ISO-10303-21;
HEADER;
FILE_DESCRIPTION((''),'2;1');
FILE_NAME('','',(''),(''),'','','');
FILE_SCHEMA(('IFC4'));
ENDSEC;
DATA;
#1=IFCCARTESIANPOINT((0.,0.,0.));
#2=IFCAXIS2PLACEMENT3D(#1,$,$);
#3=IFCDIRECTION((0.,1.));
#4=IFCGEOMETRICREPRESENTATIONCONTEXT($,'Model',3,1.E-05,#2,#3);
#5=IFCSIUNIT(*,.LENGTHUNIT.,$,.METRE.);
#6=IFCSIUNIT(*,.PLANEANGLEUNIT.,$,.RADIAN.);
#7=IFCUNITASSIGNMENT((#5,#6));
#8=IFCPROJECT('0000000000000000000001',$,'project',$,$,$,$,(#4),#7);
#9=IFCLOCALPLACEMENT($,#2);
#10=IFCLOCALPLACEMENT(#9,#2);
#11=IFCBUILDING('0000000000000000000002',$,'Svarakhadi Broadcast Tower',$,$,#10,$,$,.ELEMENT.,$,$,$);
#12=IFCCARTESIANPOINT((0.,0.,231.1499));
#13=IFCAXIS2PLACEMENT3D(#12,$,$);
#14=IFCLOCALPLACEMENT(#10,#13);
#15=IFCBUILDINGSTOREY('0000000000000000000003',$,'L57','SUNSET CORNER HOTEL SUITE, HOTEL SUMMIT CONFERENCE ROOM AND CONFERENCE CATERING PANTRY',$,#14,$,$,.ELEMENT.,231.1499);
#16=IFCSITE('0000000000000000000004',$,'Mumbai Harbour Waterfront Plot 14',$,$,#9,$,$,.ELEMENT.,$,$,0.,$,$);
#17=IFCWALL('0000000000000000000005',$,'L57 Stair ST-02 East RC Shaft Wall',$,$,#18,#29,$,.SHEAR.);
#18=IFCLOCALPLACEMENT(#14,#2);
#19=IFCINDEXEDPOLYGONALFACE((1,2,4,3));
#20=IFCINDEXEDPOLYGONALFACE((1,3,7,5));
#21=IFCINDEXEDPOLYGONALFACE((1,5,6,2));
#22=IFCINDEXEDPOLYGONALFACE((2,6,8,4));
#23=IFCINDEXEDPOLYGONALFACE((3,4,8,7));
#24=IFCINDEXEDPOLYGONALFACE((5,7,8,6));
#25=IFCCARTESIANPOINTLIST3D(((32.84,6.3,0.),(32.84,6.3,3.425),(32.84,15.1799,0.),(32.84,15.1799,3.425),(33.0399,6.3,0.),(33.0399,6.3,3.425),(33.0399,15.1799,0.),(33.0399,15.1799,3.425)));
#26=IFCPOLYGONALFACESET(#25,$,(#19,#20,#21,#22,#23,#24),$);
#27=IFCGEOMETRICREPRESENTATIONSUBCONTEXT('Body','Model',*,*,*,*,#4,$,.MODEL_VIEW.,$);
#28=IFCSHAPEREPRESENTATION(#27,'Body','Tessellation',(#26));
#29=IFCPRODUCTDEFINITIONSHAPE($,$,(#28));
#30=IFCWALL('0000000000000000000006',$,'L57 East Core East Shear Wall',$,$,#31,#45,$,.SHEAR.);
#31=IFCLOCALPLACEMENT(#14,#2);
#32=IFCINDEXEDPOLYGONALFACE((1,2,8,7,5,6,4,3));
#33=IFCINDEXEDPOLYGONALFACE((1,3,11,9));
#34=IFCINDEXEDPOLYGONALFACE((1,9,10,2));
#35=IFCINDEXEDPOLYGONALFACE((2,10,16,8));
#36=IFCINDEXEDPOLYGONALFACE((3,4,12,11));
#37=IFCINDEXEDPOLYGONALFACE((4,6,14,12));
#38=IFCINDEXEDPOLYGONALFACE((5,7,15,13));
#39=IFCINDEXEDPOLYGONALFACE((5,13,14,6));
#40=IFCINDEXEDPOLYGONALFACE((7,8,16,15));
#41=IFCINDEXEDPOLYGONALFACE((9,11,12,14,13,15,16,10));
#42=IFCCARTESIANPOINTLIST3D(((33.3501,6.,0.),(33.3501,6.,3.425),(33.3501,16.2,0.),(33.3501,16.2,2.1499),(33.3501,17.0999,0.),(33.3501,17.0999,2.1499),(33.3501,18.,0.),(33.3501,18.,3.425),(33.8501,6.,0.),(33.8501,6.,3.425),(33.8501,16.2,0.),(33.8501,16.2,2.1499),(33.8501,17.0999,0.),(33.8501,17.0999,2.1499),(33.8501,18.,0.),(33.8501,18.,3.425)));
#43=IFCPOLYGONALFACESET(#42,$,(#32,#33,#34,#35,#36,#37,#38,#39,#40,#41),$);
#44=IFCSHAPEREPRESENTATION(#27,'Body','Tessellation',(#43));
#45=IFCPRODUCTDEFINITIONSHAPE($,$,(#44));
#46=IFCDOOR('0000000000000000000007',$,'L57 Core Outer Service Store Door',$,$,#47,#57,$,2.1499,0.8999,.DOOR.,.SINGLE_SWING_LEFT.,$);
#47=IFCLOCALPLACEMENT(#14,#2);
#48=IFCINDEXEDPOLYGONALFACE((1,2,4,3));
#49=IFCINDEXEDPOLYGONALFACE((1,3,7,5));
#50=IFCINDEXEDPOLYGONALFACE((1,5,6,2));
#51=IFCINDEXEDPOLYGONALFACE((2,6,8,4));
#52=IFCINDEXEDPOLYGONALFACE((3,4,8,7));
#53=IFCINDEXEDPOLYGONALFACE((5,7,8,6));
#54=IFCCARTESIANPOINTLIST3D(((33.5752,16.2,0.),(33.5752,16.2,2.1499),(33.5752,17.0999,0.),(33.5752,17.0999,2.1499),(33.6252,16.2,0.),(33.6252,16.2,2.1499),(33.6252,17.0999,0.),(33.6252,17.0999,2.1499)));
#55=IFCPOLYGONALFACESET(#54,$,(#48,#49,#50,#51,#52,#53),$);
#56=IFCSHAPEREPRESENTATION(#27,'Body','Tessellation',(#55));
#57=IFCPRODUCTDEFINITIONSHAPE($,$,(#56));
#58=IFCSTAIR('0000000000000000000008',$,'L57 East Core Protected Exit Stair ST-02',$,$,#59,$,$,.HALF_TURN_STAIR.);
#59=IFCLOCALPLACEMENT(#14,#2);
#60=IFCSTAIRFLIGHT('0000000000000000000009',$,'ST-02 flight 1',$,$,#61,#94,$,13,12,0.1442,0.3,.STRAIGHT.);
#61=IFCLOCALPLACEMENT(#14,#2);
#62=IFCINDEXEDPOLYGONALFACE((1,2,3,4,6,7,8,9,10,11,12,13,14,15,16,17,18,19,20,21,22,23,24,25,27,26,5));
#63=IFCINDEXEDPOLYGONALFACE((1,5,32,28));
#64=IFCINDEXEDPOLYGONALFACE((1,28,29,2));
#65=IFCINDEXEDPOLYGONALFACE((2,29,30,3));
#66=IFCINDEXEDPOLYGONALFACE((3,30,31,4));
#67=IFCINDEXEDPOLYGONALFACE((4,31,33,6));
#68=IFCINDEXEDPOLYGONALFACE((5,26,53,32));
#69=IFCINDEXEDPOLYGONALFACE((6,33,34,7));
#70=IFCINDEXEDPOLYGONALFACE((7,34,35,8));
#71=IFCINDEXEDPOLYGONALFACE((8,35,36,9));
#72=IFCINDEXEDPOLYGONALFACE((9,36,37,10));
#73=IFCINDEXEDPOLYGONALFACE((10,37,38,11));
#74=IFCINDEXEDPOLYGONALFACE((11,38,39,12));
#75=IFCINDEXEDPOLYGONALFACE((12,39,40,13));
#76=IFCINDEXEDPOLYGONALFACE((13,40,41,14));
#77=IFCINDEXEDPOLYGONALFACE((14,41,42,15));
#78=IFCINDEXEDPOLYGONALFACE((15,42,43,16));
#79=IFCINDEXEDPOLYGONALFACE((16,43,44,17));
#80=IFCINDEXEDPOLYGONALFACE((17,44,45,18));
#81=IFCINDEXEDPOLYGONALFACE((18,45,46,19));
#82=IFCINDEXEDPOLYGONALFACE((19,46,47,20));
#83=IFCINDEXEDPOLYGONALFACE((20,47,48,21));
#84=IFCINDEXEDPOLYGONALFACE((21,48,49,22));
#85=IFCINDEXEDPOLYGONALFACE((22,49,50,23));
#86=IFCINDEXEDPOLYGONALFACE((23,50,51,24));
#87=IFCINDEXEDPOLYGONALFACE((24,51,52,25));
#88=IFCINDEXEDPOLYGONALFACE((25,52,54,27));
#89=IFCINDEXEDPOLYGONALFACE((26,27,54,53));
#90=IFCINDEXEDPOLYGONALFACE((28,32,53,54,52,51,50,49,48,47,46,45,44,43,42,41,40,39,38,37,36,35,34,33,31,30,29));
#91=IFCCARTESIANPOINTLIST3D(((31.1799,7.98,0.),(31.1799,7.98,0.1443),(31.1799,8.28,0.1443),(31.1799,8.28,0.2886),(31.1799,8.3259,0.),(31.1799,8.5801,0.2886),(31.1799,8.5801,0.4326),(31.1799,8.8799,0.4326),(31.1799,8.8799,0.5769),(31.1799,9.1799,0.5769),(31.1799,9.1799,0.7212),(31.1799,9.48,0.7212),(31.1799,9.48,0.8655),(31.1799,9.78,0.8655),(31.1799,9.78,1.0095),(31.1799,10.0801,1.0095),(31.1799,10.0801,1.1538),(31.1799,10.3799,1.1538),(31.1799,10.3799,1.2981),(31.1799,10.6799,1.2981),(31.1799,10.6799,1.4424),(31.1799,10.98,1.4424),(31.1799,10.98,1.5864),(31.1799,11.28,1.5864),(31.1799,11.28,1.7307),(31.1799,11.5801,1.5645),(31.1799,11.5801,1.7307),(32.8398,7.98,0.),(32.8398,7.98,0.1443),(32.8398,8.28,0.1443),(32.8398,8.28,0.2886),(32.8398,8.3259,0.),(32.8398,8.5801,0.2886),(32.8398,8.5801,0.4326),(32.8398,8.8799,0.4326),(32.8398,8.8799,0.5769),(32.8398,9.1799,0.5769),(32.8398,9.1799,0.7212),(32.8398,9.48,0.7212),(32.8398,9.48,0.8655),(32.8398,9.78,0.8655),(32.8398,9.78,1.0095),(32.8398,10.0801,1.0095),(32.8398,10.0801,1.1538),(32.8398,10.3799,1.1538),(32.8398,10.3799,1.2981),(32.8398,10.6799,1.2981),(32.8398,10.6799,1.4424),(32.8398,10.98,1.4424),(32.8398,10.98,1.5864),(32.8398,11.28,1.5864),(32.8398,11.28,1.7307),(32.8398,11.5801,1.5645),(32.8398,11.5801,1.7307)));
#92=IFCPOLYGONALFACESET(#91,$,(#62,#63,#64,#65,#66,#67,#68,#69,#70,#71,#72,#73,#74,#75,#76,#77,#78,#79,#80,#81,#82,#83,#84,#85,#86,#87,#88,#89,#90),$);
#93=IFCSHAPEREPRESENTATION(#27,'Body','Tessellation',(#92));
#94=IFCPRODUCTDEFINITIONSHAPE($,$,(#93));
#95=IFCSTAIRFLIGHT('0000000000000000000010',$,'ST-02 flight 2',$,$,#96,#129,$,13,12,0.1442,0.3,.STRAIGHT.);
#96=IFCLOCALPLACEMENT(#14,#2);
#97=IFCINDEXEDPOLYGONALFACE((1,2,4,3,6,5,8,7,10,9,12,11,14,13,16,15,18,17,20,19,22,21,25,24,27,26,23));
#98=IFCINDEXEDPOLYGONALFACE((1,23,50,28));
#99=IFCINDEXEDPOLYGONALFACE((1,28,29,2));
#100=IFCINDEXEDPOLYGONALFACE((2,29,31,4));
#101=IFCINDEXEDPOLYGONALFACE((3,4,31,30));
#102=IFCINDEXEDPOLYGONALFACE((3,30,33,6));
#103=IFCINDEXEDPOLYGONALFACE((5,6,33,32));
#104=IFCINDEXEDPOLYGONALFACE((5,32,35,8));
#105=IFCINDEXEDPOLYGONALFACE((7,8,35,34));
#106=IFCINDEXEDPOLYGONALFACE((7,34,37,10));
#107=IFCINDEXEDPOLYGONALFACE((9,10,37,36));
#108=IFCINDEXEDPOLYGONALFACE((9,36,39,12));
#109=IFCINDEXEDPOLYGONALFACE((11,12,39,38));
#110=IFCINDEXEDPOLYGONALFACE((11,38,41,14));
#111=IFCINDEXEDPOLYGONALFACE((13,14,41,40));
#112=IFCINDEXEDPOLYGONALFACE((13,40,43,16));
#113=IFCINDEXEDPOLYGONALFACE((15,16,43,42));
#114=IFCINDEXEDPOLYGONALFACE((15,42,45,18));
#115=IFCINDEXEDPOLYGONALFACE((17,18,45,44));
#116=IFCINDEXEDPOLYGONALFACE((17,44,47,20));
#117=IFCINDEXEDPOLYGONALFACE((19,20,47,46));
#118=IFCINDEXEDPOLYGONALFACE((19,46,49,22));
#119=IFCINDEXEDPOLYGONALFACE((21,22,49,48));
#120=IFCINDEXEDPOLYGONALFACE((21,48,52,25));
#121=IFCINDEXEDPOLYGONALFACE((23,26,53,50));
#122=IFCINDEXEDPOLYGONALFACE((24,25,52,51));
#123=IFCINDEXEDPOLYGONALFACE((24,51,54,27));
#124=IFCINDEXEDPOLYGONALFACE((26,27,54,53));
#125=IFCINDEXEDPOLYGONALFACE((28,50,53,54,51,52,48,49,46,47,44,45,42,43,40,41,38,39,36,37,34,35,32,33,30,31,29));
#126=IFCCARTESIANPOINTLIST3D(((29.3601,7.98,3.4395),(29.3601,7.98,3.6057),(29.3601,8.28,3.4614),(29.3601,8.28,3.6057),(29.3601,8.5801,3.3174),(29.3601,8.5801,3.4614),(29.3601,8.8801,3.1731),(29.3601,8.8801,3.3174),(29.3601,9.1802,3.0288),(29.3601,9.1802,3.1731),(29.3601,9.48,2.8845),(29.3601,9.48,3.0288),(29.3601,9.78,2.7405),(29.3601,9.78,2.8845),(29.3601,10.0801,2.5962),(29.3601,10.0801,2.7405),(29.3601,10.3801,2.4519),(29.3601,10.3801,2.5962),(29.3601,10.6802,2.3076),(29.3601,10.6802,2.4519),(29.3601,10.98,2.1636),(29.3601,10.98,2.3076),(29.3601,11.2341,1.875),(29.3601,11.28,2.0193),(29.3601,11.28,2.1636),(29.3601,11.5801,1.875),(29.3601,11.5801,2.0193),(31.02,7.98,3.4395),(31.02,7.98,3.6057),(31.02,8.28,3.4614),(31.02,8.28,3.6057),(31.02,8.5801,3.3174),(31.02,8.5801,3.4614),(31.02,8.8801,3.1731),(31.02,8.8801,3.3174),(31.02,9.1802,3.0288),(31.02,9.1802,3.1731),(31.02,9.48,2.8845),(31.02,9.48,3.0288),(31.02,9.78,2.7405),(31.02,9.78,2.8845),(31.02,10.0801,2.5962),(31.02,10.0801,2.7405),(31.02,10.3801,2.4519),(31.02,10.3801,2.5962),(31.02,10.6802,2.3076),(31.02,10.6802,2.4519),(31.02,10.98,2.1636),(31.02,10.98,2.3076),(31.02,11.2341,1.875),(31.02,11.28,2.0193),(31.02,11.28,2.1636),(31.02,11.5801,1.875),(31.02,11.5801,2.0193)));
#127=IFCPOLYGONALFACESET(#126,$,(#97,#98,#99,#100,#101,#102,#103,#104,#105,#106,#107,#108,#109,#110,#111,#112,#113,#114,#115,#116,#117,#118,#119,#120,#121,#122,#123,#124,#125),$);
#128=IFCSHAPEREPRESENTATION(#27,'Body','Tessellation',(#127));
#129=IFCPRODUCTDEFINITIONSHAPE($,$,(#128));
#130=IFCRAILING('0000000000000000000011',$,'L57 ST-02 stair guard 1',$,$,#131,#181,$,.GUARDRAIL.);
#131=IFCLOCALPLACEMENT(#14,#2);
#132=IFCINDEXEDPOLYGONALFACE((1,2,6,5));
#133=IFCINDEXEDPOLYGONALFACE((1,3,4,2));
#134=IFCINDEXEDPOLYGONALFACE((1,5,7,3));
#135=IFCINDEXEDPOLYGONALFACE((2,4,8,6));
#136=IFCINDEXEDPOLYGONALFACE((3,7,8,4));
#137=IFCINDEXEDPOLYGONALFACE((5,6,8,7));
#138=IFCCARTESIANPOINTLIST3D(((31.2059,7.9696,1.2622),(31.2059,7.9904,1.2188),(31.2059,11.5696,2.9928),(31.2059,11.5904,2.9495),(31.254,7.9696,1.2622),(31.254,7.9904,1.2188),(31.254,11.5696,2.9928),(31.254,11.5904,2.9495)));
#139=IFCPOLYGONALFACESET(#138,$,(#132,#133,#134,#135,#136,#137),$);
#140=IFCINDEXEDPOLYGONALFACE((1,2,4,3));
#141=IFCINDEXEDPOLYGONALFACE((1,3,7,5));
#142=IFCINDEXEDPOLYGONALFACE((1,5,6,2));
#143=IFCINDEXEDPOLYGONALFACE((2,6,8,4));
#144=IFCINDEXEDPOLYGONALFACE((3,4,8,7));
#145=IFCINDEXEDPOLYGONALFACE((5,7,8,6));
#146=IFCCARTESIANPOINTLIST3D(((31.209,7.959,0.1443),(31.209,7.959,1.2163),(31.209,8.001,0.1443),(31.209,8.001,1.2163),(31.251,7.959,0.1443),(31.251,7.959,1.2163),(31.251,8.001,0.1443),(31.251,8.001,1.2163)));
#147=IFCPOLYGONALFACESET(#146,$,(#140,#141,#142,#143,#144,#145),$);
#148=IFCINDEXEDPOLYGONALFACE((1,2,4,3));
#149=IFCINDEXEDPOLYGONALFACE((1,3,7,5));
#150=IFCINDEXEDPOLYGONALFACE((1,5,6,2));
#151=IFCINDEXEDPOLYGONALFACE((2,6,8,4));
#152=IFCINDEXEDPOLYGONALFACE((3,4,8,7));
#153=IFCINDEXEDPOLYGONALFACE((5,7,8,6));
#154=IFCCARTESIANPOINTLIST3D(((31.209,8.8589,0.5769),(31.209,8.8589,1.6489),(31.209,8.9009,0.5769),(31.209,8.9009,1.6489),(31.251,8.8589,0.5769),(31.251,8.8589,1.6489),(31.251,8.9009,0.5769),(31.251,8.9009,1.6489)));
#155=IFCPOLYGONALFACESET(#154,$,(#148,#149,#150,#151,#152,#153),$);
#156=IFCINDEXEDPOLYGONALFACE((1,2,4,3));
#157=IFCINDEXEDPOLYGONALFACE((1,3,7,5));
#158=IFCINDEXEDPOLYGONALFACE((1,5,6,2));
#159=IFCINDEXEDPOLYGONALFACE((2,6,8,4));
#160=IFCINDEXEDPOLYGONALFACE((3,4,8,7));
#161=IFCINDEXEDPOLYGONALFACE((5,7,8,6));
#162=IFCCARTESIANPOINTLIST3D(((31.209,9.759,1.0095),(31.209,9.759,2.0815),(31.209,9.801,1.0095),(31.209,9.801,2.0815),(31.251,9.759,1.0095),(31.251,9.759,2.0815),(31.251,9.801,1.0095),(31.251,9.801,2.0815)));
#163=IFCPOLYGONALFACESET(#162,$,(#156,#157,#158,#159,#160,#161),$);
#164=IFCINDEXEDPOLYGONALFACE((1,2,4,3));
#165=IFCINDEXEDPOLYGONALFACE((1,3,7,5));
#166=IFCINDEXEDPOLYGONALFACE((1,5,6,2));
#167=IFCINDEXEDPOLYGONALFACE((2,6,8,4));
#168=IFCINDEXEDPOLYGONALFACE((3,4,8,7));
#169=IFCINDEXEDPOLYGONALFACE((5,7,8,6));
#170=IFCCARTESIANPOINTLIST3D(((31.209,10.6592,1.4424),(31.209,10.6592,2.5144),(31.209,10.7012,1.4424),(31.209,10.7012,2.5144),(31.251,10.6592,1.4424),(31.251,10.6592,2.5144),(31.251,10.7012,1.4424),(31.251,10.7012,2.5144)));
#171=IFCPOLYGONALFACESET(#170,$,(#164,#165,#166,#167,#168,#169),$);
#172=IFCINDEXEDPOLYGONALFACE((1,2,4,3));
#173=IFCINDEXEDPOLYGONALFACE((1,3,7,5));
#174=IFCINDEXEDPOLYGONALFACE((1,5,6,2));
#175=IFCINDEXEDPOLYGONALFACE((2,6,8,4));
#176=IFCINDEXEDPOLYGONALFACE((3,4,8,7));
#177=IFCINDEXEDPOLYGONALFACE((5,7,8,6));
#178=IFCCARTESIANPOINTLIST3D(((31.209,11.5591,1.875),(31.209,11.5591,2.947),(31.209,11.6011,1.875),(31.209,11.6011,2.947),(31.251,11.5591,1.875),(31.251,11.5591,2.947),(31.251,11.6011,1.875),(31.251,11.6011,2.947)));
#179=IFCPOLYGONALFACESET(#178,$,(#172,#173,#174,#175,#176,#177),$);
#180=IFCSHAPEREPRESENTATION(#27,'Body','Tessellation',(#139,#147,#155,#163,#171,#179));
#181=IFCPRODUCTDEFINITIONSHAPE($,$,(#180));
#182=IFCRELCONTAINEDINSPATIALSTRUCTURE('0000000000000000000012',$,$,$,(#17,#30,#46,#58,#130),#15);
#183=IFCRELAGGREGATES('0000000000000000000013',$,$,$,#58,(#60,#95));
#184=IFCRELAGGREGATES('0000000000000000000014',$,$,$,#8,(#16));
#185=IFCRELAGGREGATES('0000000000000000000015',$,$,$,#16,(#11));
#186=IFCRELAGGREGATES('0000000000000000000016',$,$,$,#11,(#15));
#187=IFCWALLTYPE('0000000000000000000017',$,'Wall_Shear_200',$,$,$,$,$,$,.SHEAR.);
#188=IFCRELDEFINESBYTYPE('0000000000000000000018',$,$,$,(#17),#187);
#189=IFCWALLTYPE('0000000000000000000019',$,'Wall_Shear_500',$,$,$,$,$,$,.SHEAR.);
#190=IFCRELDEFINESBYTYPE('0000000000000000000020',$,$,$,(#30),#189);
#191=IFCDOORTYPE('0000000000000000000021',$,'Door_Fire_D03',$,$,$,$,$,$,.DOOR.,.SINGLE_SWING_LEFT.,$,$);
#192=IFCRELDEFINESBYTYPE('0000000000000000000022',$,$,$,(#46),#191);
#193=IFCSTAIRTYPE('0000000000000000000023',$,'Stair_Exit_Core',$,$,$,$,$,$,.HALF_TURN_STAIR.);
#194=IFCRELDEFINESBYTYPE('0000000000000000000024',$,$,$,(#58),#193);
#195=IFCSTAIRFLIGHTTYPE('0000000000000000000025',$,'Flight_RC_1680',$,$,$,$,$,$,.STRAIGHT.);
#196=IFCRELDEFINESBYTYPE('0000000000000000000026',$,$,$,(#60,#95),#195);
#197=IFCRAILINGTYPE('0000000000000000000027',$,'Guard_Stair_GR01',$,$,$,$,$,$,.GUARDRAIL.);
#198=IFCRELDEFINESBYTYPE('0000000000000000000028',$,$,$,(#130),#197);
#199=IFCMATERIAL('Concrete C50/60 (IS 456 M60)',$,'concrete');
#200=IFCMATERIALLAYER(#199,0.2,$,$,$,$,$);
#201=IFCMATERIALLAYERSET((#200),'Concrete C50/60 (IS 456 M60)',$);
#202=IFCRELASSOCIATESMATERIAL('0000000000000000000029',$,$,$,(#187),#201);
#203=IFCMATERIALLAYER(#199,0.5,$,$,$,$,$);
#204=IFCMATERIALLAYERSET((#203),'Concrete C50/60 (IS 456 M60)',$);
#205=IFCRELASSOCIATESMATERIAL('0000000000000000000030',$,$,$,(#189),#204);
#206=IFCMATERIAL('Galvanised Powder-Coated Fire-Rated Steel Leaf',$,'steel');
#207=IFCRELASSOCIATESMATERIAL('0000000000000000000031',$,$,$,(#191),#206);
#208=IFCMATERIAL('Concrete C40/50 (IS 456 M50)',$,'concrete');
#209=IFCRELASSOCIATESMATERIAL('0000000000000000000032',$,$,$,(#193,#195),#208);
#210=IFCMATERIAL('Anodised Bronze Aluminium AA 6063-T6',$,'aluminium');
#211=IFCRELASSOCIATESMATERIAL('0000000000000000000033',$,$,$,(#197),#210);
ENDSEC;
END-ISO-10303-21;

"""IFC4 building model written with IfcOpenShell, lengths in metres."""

from ifc_helpers import new_model, si_unit, direction, frame, frame_2d, origin, origin_2d, place, context, subcontext, project, spatial, polyline, rectangle, outline, extrude, material, layer, layer_set, type_object, element, fill, aggregate, save


model = new_model("IFC4")

# Units and contexts
model_context = context("Model", 3, precision=1e-05, world=origin(), true_north=direction((0.0, 1.0)))
body_context = subcontext(model_context, "Body", "Model", "MODEL_VIEW")
ifc_project = project(units=[si_unit("LENGTHUNIT", "METRE"), si_unit("PLANEANGLEUNIT", "RADIAN")], contexts=[model_context])

# Site, building, storey
site_placement = place(None, origin())
site = spatial("IfcSite", under=ifc_project, at=site_placement, Name="Mumbai Harbour Waterfront Plot 14", CompositionType="ELEMENT", RefElevation=0.0)
building_placement = place(site_placement, origin())
building = spatial("IfcBuilding", under=site, at=building_placement, Name="Svarakhadi Broadcast Tower", CompositionType="ELEMENT")
storey_placement = place(building_placement, frame((0.0, 0.0, 231.1499)))
storey = spatial("IfcBuildingStorey", under=building, at=storey_placement, Name="L57", Description="SUNSET CORNER HOTEL SUITE, HOTEL SUMMIT CONFERENCE ROOM AND CONFERENCE CATERING PANTRY", CompositionType="ELEMENT", Elevation=231.1499)

# Shared definitions
ifc_material_1 = material(Name="Concrete C50/60 (IS 456 M60)", Category="concrete")

# Wall
ifc_material_2 = material(Name="Concrete C40/50 (IS 456 M50)", Category="concrete")
ifc_layer_1 = layer(ifc_material_1, 0.2)
ifc_layer_set_1 = layer_set([ifc_layer_1], Name="Concrete C50/60 (IS 456 M60)")
wall_type_1 = type_object("IfcWallType", Name="Wall_Shear_200", PredefinedType="SHEAR", material=ifc_layer_set_1)
wall_1_placement = place(storey_placement, frame((32.9399, 6.3, 0.0), z_axis=(0.0, 0.0, 1.0), x_axis=(0.0, 1.0, 0.0)))
element("IfcWall", 1, at=wall_1_placement, inside=storey, type_object=wall_type_1, Name="L57 Stair ST-02 East RC Shaft Wall", PredefinedType="SHEAR", context=body_context, shape_type="SweptSolid", body=[
    extrude(rectangle(XDim=8.8799, YDim=0.2, at=frame_2d((4.4399, 0.0))), origin(), (0.0, 0.0, 1.0), 3.425),
])

# Wall, opening, door
ifc_layer_2 = layer(ifc_material_1, 0.5)
ifc_layer_set_2 = layer_set([ifc_layer_2], Name="Concrete C50/60 (IS 456 M60)")
wall_type_2 = type_object("IfcWallType", Name="Wall_Shear_500", PredefinedType="SHEAR", material=ifc_layer_set_2)
wall_2_placement = place(storey_placement, frame((33.6001, 6.0, 0.0), z_axis=(0.0, 0.0, 1.0), x_axis=(0.0, 1.0, 0.0)))
wall_2 = element("IfcWall", 2, at=wall_2_placement, inside=storey, type_object=wall_type_2, Name="L57 East Core East Shear Wall", PredefinedType="SHEAR", context=body_context, shape_type="SweptSolid", body=[
    extrude(rectangle(XDim=12.0, YDim=0.5, at=frame_2d((6.0, 0.0))), origin(), (0.0, 0.0, 1.0), 3.425),
])
opening_placement = place(wall_2_placement, frame((10.2, 0.0, 0.0)))
opening = element("IfcOpeningElement", 3, at=opening_placement, cuts=wall_2, PredefinedType="OPENING", context=body_context, shape_type="SweptSolid", body=[
    extrude(rectangle(XDim=0.8999, YDim=2.1499, at=frame_2d((0.45, 1.075))), frame((0.0, 0.26, 0.0), z_axis=(0.0, -1.0, 0.0), x_axis=(1.0, 0.0, 0.0)), (0.0, 0.0, 1.0), 0.52),
])
ifc_material_3 = material(Name="Galvanised Powder-Coated Fire-Rated Steel Leaf", Category="steel")
door_type = type_object("IfcDoorType", Name="Door_Fire_D03", OperationType="SINGLE_SWING_LEFT", PredefinedType="DOOR", material=ifc_material_3)
door_placement = place(opening_placement, origin())
door = element("IfcDoor", 4, at=door_placement, inside=storey, type_object=door_type, Name="L57 Core Outer Service Store Door", OperationType="SINGLE_SWING_LEFT", OverallHeight=2.1499, OverallWidth=0.8999, PredefinedType="DOOR", context=body_context, shape_type="SweptSolid", body=[
    extrude(rectangle(XDim=0.8999, YDim=2.1499, at=frame_2d((0.45, 1.075))), frame((0.0, 0.0249, 0.0), z_axis=(0.0, -1.0, 0.0), x_axis=(1.0, 0.0, 0.0)), (0.0, 0.0, 1.0), 0.05),
])
fill(opening, door)

# Stair, stair flights
stair_type = type_object("IfcStairType", Name="Stair_Exit_Core", PredefinedType="HALF_TURN_STAIR", material=ifc_material_2)
stair_placement = place(storey_placement, origin())
stair = element("IfcStair", 5, at=stair_placement, inside=storey, type_object=stair_type, Name="L57 East Core Protected Exit Stair ST-02", PredefinedType="HALF_TURN_STAIR")
stair_flight_type = type_object("IfcStairFlightType", Name="Flight_RC_1680", PredefinedType="STRAIGHT", material=ifc_material_2)
stair_flight_1_placement = place(storey_placement, frame((32.01, 7.98, 0.0), z_axis=(0.0, 0.0, 1.0), x_axis=(0.0, 1.0, 0.0)))
stair_flight_1 = element("IfcStairFlight", 6, at=stair_flight_1_placement, type_object=stair_flight_type, Name="ST-02 flight 1", NumberOfRisers=13, NumberOfTreads=12, PredefinedType="STRAIGHT", RiserHeight=0.1442, TreadLength=0.3, context=body_context, shape_type="SweptSolid", body=[
    extrude(outline(polyline([(0.0, 0.0), (0.0, 0.1443), (0.3, 0.1443), (0.3, 0.2886), (0.6001, 0.2886), (0.6001, 0.4326), (0.8999, 0.4326), (0.8999, 0.5769), (1.2, 0.5769), (1.2, 0.7212), (1.5, 0.7212), (1.5, 0.8655), (1.8, 0.8655), (1.8, 1.0095), (2.1001, 1.0095), (2.1001, 1.1538), (2.3999, 1.1538), (2.3999, 1.2981), (2.7, 1.2981), (2.7, 1.4424), (3.0, 1.4424), (3.0, 1.5864), (3.3, 1.5864), (3.3, 1.7307), (3.6001, 1.7307), (3.6001, 1.875), (3.6001, 1.5645), (0.3459, 0.0), (0.0, 0.0)])), frame((0.0, 0.8301, 0.0), z_axis=(0.0, -1.0, 0.0), x_axis=(1.0, 0.0, 0.0)), (0.0, 0.0, 1.0), 1.6599),
])
stair_flight_2_placement = place(storey_placement, frame((30.1899, 11.5801, 1.875), z_axis=(0.0, 0.0, 1.0), x_axis=(0.0, -1.0, 0.0)))
stair_flight_2 = element("IfcStairFlight", 7, at=stair_flight_2_placement, type_object=stair_flight_type, Name="ST-02 flight 2", NumberOfRisers=13, NumberOfTreads=12, PredefinedType="STRAIGHT", RiserHeight=0.1442, TreadLength=0.3, context=body_context, shape_type="SweptSolid", body=[
    extrude(outline(polyline([(0.0, 0.0), (0.0, 0.1443), (0.3, 0.1443), (0.3, 0.2886), (0.6001, 0.2886), (0.6001, 0.4326), (0.8999, 0.4326), (0.8999, 0.5769), (1.2, 0.5769), (1.2, 0.7212), (1.5, 0.7212), (1.5, 0.8655), (1.8, 0.8655), (1.8, 1.0095), (2.1001, 1.0095), (2.1001, 1.1538), (2.3999, 1.1538), (2.3999, 1.2981), (2.7, 1.2981), (2.7, 1.4424), (3.0, 1.4424), (3.0, 1.5864), (3.3, 1.5864), (3.3, 1.7307), (3.6001, 1.7307), (3.6001, 1.875), (3.6001, 1.5645), (0.3459, 0.0), (0.0, 0.0)])), frame((0.0, 0.8301, 0.0), z_axis=(0.0, -1.0, 0.0), x_axis=(1.0, 0.0, 0.0)), (0.0, 0.0, 1.0), 1.6599),
])
aggregate(stair, [stair_flight_1, stair_flight_2])

# Railing
ifc_material_4 = material(Name="Anodised Bronze Aluminium AA 6063-T6", Category="aluminium")
railing_type_1 = type_object("IfcRailingType", Name="Guard_Stair_GR01", PredefinedType="GUARDRAIL", material=ifc_material_4)
railing_1_placement = place(storey_placement, frame((31.23, 7.98, 0.1443)))
element("IfcRailing", 8, at=railing_1_placement, inside=storey, type_object=railing_type_1, Name="L57 ST-02 stair guard 1", PredefinedType="GUARDRAIL", context=body_context, shape_type="SweptSolid", body=[
    extrude(rectangle(XDim=0.0481, YDim=0.0481, at=origin_2d()), frame((0.0, 0.0, 1.0962), z_axis=(0.0, 0.901263, 0.433273), x_axis=(-1.0, 0.0, 0.0)), (0.0, 0.0, 1.0), 3.9944),
    extrude(rectangle(XDim=0.042, YDim=0.042, at=origin_2d()), origin(), (0.0, 0.0, 1.0), 1.072),
    extrude(rectangle(XDim=0.042, YDim=0.042, at=origin_2d()), frame((0.0, 0.8999, 0.4326)), (0.0, 0.0, 1.0), 1.072),
    extrude(rectangle(XDim=0.042, YDim=0.042, at=origin_2d()), frame((0.0, 1.8, 0.8652)), (0.0, 0.0, 1.0), 1.072),
    extrude(rectangle(XDim=0.042, YDim=0.042, at=origin_2d()), frame((0.0, 2.7002, 1.2981)), (0.0, 0.0, 1.0), 1.072),
    extrude(rectangle(XDim=0.042, YDim=0.042, at=origin_2d()), frame((0.0, 3.6001, 1.7307)), (0.0, 0.0, 1.0), 1.072),
])

save(model, "model.ifc")
